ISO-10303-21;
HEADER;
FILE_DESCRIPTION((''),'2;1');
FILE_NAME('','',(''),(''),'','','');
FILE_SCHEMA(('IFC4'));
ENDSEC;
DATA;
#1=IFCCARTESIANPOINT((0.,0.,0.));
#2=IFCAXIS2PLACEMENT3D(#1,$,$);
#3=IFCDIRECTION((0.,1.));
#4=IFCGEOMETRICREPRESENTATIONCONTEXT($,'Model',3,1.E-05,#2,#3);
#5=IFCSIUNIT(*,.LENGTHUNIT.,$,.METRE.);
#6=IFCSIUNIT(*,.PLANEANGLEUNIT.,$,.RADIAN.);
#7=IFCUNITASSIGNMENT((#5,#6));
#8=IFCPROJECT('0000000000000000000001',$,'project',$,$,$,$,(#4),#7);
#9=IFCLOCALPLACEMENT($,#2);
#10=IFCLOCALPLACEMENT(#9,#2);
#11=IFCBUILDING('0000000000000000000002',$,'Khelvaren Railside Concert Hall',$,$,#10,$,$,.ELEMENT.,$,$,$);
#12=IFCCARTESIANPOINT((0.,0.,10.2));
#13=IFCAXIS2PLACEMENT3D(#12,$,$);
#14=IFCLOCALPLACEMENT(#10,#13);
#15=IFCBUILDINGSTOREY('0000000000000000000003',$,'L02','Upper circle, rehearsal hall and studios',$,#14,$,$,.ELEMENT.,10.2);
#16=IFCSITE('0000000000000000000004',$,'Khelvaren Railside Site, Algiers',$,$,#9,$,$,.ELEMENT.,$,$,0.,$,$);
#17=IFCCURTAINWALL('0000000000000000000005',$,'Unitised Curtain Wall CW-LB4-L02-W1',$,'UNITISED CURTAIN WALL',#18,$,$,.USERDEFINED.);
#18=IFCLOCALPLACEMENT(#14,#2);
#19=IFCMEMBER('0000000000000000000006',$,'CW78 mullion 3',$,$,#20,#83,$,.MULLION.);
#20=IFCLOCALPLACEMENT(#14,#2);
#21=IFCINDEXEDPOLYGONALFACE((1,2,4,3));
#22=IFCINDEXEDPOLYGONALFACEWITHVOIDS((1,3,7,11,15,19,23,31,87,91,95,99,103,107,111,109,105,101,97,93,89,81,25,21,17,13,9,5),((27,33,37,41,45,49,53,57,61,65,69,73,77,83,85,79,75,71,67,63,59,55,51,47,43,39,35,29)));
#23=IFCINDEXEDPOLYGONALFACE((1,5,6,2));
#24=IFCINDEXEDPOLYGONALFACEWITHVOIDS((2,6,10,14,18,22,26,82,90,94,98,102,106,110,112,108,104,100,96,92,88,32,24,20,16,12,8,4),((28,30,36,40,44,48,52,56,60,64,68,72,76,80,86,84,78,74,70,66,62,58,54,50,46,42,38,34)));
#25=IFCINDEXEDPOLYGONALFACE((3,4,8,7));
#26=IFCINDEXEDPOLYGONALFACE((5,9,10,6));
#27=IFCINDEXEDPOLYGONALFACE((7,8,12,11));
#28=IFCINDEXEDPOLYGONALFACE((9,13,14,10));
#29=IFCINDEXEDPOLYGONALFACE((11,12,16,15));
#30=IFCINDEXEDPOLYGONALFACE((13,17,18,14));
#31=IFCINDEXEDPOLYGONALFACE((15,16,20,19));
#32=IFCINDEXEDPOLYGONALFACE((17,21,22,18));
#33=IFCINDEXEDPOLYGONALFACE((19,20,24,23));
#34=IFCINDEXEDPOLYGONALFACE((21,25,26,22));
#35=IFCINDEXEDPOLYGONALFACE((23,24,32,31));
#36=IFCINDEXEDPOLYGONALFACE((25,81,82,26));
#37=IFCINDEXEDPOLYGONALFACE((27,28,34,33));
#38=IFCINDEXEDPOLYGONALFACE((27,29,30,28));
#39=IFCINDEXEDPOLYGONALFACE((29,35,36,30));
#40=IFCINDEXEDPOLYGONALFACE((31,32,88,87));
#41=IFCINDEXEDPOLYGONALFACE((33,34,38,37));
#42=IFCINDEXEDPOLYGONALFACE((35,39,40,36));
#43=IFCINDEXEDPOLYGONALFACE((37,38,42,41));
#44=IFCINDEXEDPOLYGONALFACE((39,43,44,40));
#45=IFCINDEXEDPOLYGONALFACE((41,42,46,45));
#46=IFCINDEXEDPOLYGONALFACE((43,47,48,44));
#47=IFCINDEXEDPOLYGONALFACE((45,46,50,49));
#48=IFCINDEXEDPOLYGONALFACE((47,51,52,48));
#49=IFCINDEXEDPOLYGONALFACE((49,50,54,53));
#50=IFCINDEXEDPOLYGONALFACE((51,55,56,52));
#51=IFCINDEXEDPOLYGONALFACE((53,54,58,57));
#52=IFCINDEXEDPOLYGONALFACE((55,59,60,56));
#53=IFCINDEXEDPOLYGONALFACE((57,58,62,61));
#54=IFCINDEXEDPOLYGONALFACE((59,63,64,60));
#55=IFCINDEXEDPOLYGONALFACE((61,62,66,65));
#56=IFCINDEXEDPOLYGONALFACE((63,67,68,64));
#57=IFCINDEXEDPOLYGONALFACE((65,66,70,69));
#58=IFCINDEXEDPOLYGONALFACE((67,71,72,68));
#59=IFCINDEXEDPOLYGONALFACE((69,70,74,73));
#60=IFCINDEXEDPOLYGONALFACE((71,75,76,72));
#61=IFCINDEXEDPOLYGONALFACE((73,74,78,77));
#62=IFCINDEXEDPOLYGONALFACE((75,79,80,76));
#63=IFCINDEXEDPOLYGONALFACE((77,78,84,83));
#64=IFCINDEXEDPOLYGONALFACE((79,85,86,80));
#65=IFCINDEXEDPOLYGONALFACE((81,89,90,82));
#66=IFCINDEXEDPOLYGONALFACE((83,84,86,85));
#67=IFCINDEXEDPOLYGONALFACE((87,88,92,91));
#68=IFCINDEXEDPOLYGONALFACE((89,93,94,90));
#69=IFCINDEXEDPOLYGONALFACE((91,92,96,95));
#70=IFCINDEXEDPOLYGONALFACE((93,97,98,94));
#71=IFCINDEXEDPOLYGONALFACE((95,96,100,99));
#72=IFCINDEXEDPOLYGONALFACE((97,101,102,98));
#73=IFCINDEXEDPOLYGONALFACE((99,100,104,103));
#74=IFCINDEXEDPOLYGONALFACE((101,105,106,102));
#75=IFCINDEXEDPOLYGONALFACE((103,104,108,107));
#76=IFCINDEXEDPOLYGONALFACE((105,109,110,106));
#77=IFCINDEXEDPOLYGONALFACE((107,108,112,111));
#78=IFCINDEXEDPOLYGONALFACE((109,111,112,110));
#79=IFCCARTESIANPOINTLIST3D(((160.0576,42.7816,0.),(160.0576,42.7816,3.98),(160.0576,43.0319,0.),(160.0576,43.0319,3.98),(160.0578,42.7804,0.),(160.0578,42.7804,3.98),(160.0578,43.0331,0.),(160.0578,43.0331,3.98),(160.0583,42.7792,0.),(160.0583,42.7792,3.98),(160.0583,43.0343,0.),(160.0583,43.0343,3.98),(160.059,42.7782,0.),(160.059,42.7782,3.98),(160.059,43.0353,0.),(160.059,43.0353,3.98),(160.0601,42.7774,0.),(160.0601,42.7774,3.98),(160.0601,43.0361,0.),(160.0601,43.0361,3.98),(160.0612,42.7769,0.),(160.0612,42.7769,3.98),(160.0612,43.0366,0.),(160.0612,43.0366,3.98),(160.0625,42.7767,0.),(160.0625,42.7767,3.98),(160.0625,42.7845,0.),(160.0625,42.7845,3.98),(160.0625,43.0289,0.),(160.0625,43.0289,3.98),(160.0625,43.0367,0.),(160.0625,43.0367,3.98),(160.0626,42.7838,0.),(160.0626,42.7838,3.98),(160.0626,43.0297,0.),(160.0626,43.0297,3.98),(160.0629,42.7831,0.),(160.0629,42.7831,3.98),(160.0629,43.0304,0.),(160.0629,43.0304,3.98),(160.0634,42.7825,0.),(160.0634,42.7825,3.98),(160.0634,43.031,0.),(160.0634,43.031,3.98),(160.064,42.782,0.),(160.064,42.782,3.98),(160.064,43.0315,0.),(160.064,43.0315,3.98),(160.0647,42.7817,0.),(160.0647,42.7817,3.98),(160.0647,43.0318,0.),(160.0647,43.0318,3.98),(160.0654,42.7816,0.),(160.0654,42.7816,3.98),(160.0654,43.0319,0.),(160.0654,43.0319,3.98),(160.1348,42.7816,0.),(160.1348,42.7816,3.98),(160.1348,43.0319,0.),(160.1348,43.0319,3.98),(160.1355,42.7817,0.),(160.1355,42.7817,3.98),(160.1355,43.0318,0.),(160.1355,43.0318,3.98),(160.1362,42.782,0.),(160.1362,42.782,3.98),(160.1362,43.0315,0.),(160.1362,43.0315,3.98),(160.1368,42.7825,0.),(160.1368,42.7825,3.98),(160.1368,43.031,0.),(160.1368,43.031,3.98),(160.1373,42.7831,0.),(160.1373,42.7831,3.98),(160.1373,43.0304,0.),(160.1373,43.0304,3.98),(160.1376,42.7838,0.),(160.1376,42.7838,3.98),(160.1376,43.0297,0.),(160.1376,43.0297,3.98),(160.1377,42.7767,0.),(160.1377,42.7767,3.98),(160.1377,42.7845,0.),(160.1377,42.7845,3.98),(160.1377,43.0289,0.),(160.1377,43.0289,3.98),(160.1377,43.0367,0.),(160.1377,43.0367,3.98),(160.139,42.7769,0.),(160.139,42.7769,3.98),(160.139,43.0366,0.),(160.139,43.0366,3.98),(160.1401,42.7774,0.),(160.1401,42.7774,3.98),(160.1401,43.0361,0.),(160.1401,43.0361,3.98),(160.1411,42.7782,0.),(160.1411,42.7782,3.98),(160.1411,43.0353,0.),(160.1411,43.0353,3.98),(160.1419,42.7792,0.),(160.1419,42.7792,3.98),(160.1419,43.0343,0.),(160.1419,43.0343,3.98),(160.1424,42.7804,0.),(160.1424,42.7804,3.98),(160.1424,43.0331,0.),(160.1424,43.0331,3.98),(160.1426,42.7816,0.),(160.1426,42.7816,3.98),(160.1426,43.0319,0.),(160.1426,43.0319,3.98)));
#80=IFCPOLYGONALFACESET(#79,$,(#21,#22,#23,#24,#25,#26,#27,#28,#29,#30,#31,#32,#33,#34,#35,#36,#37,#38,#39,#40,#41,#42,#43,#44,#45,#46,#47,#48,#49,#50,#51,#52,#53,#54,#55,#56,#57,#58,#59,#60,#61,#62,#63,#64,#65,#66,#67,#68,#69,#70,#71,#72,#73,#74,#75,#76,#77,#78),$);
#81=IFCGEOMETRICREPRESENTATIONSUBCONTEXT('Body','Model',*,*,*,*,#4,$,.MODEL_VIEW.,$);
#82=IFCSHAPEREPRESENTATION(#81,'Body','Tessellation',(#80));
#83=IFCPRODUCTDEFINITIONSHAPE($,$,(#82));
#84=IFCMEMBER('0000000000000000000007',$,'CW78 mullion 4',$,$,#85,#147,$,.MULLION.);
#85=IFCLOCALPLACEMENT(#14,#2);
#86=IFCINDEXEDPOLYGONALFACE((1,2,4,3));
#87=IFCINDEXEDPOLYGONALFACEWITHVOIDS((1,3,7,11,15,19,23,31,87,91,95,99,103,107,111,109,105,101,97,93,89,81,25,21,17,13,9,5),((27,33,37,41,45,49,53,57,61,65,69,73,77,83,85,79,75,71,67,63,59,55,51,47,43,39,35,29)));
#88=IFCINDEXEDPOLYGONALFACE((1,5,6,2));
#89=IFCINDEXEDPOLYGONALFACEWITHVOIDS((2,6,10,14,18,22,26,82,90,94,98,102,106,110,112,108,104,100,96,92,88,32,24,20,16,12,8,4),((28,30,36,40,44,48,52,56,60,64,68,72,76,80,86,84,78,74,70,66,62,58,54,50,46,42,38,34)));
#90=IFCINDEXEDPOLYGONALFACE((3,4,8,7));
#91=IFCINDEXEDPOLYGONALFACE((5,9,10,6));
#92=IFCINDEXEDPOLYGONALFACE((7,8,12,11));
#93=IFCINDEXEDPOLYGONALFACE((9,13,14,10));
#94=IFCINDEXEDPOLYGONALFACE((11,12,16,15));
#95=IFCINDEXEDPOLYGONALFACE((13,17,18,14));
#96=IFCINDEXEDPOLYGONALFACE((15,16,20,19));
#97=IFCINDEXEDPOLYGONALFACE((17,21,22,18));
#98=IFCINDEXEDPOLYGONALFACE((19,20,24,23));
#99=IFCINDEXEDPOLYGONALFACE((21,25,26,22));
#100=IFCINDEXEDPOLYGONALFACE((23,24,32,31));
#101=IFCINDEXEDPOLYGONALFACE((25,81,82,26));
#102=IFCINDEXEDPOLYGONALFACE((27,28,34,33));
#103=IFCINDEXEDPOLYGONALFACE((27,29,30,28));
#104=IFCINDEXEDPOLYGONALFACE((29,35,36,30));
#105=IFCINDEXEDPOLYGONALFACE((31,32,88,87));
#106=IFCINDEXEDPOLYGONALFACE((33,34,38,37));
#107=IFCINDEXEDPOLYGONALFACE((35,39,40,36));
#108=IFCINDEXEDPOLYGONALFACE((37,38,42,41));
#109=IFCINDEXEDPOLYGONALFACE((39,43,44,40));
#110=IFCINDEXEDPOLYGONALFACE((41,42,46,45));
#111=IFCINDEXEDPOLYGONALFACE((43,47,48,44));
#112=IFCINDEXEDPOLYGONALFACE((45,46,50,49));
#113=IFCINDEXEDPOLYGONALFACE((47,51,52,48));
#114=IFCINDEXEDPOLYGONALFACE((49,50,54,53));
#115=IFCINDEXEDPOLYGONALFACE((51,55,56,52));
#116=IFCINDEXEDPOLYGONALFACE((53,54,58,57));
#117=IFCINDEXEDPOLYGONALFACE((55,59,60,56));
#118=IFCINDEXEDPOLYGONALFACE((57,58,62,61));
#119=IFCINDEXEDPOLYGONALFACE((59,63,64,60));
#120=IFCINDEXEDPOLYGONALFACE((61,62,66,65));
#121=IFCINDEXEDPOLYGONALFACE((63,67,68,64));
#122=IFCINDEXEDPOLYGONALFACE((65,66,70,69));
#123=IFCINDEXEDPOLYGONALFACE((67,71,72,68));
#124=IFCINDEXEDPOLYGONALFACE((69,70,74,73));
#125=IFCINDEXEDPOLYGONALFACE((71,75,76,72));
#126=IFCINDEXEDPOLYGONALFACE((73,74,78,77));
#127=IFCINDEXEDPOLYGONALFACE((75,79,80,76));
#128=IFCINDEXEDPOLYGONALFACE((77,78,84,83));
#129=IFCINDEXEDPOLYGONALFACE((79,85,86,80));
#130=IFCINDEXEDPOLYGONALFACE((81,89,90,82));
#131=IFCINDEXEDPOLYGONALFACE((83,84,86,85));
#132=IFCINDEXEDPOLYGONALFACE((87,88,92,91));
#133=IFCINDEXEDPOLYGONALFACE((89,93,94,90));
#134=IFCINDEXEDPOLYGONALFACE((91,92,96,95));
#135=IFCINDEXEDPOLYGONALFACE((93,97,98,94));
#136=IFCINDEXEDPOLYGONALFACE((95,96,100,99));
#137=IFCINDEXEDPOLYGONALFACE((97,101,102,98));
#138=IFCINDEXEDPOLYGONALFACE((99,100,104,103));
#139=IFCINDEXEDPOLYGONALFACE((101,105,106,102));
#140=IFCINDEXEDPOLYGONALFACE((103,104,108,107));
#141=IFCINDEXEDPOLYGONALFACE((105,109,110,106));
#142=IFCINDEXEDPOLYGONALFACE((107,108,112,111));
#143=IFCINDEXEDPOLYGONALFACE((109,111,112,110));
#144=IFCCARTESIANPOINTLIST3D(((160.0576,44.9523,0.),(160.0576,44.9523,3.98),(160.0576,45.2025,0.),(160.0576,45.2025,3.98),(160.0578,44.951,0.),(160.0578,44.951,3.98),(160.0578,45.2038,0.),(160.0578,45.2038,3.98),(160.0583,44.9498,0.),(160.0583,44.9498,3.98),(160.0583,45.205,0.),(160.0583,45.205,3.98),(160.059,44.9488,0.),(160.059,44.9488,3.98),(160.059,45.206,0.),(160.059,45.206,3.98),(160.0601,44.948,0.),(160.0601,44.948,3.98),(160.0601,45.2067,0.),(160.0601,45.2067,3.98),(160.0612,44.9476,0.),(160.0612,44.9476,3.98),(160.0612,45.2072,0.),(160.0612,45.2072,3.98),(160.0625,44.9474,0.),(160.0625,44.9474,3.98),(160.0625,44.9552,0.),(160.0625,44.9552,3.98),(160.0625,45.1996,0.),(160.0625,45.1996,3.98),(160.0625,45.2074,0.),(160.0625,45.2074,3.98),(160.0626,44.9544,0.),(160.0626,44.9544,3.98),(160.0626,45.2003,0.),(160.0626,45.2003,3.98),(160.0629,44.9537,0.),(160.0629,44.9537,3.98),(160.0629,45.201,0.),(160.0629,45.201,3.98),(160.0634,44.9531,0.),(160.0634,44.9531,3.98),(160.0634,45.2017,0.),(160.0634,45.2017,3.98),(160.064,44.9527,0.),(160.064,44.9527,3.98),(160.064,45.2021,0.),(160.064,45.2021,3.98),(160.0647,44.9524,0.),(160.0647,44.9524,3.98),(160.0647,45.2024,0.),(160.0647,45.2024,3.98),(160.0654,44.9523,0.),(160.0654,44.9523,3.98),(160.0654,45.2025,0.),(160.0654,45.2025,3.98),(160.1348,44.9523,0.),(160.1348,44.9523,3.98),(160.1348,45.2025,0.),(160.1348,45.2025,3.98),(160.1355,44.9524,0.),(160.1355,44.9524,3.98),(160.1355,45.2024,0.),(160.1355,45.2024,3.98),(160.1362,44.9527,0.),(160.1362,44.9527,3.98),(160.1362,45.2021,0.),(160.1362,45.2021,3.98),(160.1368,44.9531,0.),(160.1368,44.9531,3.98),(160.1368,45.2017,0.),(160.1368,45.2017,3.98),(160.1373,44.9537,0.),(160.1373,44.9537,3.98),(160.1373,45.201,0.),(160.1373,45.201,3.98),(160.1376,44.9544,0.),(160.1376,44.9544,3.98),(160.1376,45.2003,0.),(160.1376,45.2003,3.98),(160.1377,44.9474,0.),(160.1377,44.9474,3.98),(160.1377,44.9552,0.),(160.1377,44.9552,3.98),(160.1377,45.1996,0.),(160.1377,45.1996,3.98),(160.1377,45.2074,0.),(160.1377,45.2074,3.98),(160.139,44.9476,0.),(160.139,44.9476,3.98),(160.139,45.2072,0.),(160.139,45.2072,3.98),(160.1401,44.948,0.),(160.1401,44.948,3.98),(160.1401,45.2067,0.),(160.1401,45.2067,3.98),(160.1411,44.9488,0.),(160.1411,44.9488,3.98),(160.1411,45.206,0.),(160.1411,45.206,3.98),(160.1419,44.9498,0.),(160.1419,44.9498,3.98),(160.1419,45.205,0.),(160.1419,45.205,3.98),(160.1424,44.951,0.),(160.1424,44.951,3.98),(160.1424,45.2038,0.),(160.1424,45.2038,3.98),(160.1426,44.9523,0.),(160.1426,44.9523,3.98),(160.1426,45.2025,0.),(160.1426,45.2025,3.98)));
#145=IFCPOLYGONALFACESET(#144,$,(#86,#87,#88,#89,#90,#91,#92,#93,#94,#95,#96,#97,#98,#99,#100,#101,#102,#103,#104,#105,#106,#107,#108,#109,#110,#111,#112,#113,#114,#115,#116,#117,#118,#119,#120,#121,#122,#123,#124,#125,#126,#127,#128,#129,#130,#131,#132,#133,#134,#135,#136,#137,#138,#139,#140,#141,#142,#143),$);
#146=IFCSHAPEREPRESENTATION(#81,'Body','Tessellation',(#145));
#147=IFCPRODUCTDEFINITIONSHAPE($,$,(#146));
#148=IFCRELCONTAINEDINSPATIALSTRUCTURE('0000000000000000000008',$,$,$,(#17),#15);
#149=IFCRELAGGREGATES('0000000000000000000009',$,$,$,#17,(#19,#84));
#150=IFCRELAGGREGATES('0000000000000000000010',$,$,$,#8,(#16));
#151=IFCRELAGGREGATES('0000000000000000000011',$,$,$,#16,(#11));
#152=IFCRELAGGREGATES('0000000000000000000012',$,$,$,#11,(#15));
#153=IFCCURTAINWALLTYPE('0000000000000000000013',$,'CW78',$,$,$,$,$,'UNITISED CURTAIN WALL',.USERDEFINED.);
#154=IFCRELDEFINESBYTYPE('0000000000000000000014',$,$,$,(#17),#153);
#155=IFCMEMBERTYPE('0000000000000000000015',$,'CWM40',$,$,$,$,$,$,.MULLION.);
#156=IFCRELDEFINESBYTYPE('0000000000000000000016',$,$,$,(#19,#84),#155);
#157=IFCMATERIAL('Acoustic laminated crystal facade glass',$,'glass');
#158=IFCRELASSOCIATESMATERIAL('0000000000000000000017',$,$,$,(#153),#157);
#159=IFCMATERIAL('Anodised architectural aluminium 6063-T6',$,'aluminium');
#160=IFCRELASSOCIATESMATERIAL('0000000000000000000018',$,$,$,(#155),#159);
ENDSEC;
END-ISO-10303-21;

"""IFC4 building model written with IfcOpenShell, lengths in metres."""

from ifc_helpers import new_model, si_unit, direction, frame, origin, origin_2d, place, context, subcontext, project, spatial, hollow_rectangle, extrude, material, material_profile, profile_set, type_object, element, aggregate, save


model = new_model("IFC4")

# Units and contexts
model_context = context("Model", 3, precision=1e-05, world=origin(), true_north=direction((0.0, 1.0)))
body_context = subcontext(model_context, "Body", "Model", "MODEL_VIEW")
ifc_project = project(units=[si_unit("LENGTHUNIT", "METRE"), si_unit("PLANEANGLEUNIT", "RADIAN")], contexts=[model_context])

# Site, building, storey
site_placement = place(None, origin())
site = spatial("IfcSite", under=ifc_project, at=site_placement, Name="Khelvaren Railside Site, Algiers", CompositionType="ELEMENT", RefElevation=0.0)
building_placement = place(site_placement, origin())
building = spatial("IfcBuilding", under=site, at=building_placement, Name="Khelvaren Railside Concert Hall", CompositionType="ELEMENT")
storey_placement = place(building_placement, frame((0.0, 0.0, 10.2)))
storey = spatial("IfcBuildingStorey", under=building, at=storey_placement, Name="L02", Description="Upper circle, rehearsal hall and studios", CompositionType="ELEMENT", Elevation=10.2)

# Curtain wall, members
ifc_material_1 = material(Name="Acoustic laminated crystal facade glass", Category="glass")
curtain_wall_type = type_object("IfcCurtainWallType", Name="CW78", ElementType="UNITISED CURTAIN WALL", PredefinedType="USERDEFINED", material=ifc_material_1)
curtain_wall_placement = place(storey_placement, origin())
curtain_wall = element("IfcCurtainWall", 1, at=curtain_wall_placement, inside=storey, type_object=curtain_wall_type, Name="Unitised Curtain Wall CW-LB4-L02-W1", ObjectType="UNITISED CURTAIN WALL", PredefinedType="USERDEFINED")
ifc_material_2 = material(Name="Anodised architectural aluminium 6063-T6", Category="aluminium")
ifc_material_profile_1 = material_profile(ifc_material_2, hollow_rectangle(XDim=0.085, YDim=0.26, WallThickness=0.0049, InnerFilletRadius=0.0029, OuterFilletRadius=0.0049, at=origin_2d()), Name="CWM 85x260x5")
ifc_profile_set_1 = profile_set([ifc_material_profile_1], Name="Anodised architectural aluminium 6063-T6")
member_type_1 = type_object("IfcMemberType", Name="CWM40", PredefinedType="MULLION", material=ifc_profile_set_1)
member_1_placement = place(storey_placement, frame((160.1001, 42.9067, 0.0), z_axis=(0.0, 0.0, 1.0), x_axis=(-1.0, 0.0, 0.0)))
member_1 = element("IfcMember", 2, at=member_1_placement, type_object=member_type_1, Name="CW78 mullion 3", PredefinedType="MULLION", context=body_context, shape_type="SweptSolid", body=[
    extrude(hollow_rectangle(XDim=0.085, YDim=0.26, WallThickness=0.0049, InnerFilletRadius=0.0029, OuterFilletRadius=0.0049, at=origin_2d()), origin(), (0.0, 0.0, 1.0), 3.98),
])
member_2_placement = place(storey_placement, frame((160.1001, 45.0774, 0.0), z_axis=(0.0, 0.0, 1.0), x_axis=(-1.0, 0.0, 0.0)))
member_2 = element("IfcMember", 3, at=member_2_placement, type_object=member_type_1, Name="CW78 mullion 4", PredefinedType="MULLION", context=body_context, shape_type="SweptSolid", body=[
    extrude(hollow_rectangle(XDim=0.085, YDim=0.26, WallThickness=0.0049, InnerFilletRadius=0.0029, OuterFilletRadius=0.0049, at=origin_2d()), origin(), (0.0, 0.0, 1.0), 3.98),
])
aggregate(curtain_wall, [member_1, member_2])

save(model, "model.ifc")
